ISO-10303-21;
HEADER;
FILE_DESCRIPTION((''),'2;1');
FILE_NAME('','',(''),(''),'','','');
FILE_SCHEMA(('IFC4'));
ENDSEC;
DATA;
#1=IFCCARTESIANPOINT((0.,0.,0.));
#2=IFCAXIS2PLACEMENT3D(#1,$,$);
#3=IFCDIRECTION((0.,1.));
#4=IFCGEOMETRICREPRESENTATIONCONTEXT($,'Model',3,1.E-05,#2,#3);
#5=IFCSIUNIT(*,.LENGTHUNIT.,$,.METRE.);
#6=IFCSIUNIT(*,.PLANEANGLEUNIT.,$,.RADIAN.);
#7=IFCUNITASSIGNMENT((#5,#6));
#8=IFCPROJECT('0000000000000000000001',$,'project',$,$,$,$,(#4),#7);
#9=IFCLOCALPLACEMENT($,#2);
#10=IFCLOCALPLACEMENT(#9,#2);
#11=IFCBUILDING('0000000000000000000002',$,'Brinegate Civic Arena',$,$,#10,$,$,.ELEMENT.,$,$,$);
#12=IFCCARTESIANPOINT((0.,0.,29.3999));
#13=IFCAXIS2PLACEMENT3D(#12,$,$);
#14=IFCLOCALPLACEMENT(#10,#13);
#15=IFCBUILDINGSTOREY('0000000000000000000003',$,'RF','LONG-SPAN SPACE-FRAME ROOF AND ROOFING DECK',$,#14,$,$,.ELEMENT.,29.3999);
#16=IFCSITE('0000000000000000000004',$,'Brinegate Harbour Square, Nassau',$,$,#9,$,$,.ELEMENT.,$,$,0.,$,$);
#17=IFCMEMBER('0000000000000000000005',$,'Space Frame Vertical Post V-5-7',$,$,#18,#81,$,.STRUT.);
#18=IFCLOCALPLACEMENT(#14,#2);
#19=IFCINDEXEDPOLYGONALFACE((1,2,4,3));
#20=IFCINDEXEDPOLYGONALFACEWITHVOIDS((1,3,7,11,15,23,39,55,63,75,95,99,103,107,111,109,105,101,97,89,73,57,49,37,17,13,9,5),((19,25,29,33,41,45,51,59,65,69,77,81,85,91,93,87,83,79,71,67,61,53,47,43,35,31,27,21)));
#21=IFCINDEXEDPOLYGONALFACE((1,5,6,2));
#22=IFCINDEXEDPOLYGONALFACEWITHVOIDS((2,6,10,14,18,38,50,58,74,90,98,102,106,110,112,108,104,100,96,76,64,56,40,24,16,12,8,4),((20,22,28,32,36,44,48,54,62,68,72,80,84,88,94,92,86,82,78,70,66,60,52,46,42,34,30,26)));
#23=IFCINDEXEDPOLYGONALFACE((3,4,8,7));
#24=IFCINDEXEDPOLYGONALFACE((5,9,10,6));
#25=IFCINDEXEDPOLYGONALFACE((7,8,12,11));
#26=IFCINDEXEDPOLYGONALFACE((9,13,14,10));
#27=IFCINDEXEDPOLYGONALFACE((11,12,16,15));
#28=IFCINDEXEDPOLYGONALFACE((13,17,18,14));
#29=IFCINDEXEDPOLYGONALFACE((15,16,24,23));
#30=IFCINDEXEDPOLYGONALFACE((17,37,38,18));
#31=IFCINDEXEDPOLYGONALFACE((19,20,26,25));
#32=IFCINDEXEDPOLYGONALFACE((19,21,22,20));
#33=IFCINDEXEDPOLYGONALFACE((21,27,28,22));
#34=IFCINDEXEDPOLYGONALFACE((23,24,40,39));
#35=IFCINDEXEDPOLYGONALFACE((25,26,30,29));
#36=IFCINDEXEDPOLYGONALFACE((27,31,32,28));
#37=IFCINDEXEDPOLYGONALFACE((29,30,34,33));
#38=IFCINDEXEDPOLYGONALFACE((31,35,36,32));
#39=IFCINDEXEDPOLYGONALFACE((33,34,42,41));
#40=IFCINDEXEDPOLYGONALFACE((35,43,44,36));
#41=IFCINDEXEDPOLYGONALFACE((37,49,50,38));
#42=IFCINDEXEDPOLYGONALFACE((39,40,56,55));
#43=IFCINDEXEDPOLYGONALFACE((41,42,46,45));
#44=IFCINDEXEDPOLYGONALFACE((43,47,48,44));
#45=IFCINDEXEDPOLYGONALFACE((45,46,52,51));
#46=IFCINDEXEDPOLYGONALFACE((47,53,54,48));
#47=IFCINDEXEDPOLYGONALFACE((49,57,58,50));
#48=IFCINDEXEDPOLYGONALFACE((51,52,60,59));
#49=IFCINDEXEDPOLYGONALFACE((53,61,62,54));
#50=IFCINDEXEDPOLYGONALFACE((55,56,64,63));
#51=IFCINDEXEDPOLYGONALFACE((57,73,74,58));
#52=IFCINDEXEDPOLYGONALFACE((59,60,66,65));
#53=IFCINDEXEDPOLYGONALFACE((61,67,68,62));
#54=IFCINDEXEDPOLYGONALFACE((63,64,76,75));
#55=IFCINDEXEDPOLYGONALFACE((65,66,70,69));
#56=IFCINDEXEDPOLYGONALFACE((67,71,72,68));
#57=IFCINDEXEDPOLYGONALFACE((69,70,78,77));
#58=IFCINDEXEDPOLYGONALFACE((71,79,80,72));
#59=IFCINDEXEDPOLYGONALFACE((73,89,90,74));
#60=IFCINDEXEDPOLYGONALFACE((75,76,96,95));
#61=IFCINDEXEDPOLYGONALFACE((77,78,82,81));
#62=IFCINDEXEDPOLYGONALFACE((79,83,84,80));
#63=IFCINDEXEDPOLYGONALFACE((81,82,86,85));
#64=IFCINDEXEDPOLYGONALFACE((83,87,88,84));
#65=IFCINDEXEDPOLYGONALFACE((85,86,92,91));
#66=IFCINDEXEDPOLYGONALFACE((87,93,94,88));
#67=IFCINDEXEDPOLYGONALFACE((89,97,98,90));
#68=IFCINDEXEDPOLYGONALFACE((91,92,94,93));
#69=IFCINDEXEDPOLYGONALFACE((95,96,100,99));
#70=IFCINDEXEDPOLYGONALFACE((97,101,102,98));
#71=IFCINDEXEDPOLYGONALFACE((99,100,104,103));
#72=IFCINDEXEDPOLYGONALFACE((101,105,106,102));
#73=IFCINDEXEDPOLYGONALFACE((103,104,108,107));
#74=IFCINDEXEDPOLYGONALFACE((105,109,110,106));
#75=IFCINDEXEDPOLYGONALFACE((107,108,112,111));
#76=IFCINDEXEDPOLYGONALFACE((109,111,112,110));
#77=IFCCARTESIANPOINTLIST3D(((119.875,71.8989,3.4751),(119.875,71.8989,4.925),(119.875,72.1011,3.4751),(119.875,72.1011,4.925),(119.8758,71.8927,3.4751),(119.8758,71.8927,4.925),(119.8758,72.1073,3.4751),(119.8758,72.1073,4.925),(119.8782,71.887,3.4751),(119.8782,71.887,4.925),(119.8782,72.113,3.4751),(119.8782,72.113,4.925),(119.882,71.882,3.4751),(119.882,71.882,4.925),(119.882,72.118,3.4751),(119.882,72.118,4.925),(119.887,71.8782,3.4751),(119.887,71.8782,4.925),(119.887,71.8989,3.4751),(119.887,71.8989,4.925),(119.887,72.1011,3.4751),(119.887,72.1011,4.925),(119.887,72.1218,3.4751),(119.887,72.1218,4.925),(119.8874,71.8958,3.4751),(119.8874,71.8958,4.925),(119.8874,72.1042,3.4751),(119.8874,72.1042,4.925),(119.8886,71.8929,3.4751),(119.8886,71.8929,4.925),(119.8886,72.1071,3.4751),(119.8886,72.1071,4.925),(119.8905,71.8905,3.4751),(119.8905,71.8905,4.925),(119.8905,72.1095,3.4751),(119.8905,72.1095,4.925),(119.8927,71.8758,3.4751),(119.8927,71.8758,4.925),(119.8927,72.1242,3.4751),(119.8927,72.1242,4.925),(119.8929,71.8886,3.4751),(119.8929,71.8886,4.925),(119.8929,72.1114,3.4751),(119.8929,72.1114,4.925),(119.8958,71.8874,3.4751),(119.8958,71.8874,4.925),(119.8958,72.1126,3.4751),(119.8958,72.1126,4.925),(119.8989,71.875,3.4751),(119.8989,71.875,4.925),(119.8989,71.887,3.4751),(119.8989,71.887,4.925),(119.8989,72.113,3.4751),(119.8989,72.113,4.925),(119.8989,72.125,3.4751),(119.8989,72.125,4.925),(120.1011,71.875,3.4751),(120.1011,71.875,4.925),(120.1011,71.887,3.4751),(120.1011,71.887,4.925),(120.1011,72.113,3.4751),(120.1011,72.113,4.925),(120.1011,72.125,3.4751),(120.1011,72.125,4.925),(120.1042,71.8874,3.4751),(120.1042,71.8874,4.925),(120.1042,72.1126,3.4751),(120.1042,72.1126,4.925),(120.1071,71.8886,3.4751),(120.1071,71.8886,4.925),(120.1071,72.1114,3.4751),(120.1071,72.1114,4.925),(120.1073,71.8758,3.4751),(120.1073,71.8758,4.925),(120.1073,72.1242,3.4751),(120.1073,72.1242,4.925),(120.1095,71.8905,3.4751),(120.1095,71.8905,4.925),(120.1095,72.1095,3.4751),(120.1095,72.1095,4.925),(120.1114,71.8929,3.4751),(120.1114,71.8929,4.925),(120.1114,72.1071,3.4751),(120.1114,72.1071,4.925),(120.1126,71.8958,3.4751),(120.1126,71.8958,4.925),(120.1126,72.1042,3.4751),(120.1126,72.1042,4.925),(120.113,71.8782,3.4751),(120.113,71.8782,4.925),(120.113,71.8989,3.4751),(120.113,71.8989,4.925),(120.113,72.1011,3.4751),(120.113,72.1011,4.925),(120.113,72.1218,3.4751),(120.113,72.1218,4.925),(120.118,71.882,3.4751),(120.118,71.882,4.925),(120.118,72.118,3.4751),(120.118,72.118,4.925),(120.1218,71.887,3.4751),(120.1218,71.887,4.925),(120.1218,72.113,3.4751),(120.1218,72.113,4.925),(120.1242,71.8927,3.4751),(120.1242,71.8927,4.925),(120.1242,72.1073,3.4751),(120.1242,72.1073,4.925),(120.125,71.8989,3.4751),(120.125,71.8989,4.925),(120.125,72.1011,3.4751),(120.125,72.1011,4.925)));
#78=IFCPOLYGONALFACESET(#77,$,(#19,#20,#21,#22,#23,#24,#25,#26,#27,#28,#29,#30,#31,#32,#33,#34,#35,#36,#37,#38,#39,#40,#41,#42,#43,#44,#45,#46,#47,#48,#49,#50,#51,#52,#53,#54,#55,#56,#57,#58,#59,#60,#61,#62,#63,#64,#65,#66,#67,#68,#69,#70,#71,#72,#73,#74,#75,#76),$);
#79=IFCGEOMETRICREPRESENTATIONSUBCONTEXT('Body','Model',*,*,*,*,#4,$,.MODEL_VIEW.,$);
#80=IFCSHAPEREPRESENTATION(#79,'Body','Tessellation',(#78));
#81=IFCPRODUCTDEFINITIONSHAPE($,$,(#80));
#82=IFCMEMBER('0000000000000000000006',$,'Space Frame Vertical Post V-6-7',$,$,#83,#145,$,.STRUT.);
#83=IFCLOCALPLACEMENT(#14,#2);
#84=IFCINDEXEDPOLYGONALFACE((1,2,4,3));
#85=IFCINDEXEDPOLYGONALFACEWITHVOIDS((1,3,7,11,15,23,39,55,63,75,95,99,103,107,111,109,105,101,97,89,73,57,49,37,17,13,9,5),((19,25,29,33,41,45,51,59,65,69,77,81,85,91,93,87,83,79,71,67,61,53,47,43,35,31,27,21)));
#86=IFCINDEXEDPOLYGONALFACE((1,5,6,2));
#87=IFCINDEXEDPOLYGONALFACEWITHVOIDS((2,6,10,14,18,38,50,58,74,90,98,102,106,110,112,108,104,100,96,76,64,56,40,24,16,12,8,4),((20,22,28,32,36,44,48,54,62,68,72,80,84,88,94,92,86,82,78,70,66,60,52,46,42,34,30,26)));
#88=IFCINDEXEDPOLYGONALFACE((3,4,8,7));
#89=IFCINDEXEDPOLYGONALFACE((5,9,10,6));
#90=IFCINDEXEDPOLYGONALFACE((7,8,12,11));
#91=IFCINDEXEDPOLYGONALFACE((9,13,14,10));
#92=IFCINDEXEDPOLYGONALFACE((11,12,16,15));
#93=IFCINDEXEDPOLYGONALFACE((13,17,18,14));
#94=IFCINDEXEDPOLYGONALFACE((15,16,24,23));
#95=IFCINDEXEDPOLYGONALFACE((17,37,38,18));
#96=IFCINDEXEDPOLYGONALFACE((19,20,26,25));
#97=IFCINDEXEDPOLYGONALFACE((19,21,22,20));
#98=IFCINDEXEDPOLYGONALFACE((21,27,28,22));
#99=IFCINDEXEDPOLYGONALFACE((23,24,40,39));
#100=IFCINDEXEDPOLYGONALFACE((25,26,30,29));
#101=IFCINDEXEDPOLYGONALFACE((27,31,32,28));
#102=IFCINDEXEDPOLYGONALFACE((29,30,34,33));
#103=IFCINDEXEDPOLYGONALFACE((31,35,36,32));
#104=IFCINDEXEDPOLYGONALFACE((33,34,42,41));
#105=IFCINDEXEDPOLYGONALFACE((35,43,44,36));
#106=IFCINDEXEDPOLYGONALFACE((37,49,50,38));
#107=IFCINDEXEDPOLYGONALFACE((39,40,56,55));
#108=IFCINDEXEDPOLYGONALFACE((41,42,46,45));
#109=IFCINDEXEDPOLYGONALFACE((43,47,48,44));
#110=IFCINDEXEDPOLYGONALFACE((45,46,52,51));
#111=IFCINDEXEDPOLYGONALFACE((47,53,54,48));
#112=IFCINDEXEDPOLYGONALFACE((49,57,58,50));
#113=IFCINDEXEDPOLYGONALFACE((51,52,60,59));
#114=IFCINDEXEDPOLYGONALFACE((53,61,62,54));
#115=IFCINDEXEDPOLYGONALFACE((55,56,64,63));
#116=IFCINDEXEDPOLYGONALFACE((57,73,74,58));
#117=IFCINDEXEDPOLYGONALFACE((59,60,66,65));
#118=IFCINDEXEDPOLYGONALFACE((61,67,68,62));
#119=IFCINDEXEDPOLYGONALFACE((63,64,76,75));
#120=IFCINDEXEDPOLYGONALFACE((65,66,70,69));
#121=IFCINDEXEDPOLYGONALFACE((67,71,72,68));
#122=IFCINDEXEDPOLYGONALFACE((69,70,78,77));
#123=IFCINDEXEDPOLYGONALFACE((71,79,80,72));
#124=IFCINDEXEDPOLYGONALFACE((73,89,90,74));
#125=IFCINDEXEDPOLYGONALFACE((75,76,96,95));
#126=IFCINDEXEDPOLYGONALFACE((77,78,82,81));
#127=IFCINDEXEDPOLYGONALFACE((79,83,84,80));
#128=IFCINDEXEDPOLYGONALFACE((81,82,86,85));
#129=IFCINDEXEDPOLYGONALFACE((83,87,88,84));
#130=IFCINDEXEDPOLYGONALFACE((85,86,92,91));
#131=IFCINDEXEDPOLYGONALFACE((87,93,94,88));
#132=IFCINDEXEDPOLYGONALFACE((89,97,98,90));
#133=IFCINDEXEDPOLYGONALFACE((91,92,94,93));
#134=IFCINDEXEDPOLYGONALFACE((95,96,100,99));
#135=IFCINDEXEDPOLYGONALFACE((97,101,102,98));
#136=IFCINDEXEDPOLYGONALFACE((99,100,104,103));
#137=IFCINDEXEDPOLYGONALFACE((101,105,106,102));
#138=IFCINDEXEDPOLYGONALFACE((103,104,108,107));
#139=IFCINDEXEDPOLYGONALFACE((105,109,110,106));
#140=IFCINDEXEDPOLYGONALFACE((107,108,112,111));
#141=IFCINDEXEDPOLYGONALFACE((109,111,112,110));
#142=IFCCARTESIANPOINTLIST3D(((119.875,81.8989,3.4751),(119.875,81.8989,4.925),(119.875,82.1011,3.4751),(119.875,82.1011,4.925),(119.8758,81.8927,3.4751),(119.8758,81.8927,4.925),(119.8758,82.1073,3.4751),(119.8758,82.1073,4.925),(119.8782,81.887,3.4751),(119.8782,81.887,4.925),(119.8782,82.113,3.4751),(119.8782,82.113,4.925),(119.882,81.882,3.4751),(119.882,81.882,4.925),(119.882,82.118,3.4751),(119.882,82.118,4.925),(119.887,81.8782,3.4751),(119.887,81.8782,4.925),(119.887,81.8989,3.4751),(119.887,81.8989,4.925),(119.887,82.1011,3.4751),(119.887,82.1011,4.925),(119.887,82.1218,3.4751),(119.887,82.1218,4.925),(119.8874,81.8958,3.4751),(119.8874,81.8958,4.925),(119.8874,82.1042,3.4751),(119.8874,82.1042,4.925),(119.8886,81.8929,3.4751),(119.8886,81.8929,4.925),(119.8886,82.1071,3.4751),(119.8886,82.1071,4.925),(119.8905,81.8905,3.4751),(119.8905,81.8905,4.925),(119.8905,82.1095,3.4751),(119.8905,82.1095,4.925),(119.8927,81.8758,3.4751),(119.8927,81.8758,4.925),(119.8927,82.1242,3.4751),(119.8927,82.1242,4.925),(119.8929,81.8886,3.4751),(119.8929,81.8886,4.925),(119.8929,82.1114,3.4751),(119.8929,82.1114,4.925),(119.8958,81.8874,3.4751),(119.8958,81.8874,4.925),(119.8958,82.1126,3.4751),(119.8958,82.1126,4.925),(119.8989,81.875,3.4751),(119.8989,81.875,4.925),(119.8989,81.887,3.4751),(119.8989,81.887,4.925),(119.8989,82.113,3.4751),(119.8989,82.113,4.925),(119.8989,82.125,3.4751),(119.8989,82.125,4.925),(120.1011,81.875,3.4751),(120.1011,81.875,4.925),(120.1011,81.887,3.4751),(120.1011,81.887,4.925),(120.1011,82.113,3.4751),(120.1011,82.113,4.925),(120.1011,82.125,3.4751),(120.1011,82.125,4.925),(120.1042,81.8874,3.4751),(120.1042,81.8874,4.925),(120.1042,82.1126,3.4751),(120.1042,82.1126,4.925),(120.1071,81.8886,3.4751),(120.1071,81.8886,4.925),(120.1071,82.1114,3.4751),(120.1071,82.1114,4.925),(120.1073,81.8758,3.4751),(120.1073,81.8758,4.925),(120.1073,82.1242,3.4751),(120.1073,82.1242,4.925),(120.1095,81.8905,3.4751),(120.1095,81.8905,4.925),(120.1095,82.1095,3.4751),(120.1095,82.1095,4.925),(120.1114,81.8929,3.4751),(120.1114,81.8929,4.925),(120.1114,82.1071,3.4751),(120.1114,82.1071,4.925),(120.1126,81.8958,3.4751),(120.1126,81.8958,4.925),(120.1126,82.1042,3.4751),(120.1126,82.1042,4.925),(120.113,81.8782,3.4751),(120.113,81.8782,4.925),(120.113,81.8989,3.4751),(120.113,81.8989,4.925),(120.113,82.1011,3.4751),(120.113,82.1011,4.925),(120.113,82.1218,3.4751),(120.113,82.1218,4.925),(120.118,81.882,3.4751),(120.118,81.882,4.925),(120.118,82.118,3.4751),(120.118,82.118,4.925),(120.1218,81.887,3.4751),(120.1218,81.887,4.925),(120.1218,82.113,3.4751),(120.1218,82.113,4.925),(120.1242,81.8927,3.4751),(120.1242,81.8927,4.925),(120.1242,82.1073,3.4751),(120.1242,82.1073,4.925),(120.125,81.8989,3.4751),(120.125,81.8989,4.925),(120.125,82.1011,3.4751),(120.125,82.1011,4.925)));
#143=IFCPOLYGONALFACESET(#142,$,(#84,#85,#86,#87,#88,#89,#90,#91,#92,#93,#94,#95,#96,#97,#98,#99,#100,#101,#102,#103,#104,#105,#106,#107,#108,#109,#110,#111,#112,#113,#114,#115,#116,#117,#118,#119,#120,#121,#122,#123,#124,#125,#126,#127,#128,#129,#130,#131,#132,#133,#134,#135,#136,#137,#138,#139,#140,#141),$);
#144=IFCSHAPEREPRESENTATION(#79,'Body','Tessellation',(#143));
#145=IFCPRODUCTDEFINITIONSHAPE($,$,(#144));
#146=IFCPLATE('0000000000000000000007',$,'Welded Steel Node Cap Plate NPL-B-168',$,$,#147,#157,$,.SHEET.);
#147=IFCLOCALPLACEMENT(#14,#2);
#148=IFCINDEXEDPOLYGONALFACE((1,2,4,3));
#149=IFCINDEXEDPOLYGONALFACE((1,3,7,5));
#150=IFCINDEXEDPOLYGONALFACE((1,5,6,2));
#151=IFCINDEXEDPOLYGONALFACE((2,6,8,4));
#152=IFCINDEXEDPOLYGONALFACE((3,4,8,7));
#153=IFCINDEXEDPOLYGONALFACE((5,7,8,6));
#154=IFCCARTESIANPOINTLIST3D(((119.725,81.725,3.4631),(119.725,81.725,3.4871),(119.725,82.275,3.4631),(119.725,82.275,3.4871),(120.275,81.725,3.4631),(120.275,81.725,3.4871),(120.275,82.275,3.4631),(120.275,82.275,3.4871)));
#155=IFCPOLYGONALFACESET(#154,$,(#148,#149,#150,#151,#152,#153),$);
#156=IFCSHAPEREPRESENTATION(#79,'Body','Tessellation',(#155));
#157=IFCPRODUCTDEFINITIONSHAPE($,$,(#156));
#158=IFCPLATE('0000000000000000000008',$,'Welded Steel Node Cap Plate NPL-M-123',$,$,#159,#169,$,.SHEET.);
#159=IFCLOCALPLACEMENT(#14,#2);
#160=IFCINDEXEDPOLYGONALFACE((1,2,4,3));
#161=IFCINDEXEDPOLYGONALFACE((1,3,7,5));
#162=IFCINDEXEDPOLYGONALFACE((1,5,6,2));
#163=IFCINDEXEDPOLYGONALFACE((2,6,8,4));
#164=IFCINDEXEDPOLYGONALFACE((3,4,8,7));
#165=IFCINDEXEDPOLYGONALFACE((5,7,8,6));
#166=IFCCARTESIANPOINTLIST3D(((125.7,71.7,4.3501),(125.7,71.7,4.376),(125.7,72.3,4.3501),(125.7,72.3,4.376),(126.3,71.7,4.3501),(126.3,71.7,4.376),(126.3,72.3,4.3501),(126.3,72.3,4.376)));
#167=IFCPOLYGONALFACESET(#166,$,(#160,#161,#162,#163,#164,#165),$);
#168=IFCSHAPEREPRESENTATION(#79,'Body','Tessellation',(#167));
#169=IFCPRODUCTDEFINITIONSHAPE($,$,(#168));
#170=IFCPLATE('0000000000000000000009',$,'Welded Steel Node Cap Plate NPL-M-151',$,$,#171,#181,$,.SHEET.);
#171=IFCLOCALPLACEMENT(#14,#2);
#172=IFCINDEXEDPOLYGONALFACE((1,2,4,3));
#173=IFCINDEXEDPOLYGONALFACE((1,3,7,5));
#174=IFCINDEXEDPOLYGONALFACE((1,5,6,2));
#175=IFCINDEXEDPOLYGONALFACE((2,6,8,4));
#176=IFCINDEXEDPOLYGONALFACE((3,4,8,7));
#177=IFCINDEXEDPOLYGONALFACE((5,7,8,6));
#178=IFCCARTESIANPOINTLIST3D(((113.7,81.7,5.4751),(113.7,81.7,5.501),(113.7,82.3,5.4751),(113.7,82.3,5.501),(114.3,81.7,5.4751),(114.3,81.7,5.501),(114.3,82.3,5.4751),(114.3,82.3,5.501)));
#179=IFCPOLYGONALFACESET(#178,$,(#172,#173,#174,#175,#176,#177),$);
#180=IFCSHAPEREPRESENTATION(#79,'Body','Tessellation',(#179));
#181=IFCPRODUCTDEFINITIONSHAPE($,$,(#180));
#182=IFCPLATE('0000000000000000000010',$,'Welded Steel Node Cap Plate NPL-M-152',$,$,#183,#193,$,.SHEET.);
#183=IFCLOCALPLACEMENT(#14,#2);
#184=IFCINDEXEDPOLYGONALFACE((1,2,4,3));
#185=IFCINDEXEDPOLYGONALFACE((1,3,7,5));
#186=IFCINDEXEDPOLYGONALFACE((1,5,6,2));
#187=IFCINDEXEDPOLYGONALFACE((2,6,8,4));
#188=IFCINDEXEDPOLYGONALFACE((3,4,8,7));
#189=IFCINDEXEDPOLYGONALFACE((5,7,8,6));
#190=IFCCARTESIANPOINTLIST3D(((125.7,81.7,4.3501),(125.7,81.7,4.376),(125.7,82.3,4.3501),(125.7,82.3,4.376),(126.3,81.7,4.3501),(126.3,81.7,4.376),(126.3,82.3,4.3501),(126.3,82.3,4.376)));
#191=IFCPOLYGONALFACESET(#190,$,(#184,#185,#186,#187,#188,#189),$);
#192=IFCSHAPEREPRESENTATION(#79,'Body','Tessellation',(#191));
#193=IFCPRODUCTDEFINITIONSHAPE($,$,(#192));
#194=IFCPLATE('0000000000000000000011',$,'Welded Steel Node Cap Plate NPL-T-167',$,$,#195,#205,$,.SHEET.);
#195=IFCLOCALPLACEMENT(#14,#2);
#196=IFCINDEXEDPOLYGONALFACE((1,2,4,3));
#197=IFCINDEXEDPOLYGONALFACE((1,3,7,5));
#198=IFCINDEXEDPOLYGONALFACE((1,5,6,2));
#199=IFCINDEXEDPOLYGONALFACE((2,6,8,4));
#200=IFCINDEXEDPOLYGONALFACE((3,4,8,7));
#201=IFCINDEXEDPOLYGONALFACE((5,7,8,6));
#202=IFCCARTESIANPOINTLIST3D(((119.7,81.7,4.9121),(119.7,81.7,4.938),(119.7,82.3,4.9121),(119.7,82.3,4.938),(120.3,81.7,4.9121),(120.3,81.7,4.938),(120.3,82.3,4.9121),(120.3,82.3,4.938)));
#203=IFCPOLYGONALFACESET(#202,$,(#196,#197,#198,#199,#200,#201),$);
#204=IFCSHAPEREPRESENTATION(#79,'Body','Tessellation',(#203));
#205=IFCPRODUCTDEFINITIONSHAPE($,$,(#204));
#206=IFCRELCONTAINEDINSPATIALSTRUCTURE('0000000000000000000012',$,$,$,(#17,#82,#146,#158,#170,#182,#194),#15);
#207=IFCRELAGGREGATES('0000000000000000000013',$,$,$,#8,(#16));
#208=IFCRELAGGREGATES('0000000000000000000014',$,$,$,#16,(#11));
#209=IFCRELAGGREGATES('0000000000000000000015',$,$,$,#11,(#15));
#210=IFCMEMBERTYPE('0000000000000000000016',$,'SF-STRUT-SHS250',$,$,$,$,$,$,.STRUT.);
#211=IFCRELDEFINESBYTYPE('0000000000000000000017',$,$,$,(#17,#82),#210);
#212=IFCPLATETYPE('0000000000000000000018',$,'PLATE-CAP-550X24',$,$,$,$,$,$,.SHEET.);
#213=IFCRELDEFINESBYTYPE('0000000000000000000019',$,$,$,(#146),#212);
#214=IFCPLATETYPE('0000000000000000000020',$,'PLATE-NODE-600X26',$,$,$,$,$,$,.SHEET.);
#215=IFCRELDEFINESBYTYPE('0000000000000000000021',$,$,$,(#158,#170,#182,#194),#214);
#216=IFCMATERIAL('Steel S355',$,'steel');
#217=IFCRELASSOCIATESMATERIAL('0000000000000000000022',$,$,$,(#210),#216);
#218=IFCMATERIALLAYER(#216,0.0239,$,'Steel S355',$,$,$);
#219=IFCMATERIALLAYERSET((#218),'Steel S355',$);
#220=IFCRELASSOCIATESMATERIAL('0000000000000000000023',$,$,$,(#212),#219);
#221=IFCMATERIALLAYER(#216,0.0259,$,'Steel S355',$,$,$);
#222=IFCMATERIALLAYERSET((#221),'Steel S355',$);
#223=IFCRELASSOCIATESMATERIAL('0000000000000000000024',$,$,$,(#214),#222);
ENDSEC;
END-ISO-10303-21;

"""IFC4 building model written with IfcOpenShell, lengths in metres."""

from ifc_helpers import new_model, si_unit, direction, frame, origin, origin_2d, place, context, subcontext, project, spatial, rectangle, hollow_rectangle, extrude, material, layer, layer_set, material_profile, profile_set, type_object, element, save


model = new_model("IFC4")

# Units and contexts
model_context = context("Model", 3, precision=1e-05, world=origin(), true_north=direction((0.0, 1.0)))
body_context = subcontext(model_context, "Body", "Model", "MODEL_VIEW")
ifc_project = project(units=[si_unit("LENGTHUNIT", "METRE"), si_unit("PLANEANGLEUNIT", "RADIAN")], contexts=[model_context])

# Site, building, storey
site_placement = place(None, origin())
site = spatial("IfcSite", under=ifc_project, at=site_placement, Name="Brinegate Harbour Square, Nassau", CompositionType="ELEMENT", RefElevation=0.0)
building_placement = place(site_placement, origin())
building = spatial("IfcBuilding", under=site, at=building_placement, Name="Brinegate Civic Arena", CompositionType="ELEMENT")
storey_placement = place(building_placement, frame((0.0, 0.0, 29.3999)))
storey = spatial("IfcBuildingStorey", under=building, at=storey_placement, Name="RF", Description="LONG-SPAN SPACE-FRAME ROOF AND ROOFING DECK", CompositionType="ELEMENT", Elevation=29.3999)

# Members
ifc_material = material(Name="Steel S355", Category="steel")
ifc_material_profile_1 = material_profile(ifc_material, hollow_rectangle(XDim=0.25, YDim=0.25, WallThickness=0.012, InnerFilletRadius=0.012, OuterFilletRadius=0.0239, at=origin_2d()), Name="SHS250X12")
ifc_profile_set_1 = profile_set([ifc_material_profile_1], Name="Steel S355")
member_type_1 = type_object("IfcMemberType", Name="SF-STRUT-SHS250", PredefinedType="STRUT", material=ifc_profile_set_1)
for number, where, z_axis, x_axis, name in (
    (1, (120.0, 72.0, 3.4751), (0.0, 0.0, 1.0), (1.0, 0.0, 0.0), "Space Frame Vertical Post V-5-7"),
    (2, (120.0, 82.0, 3.4751), (0.0, 0.0, 1.0), (1.0, 0.0, 0.0), "Space Frame Vertical Post V-6-7"),
):
    element("IfcMember", number, at=place(storey_placement, frame(where, z_axis=z_axis, x_axis=x_axis)), inside=storey, type_object=member_type_1, Name=name, PredefinedType="STRUT", context=body_context, shape_type="SweptSolid", body=[
        extrude(hollow_rectangle(XDim=0.25, YDim=0.25, WallThickness=0.012, InnerFilletRadius=0.012, OuterFilletRadius=0.0239, at=origin_2d()), origin(), (0.0, 0.0, 1.0), 1.45),
    ])

# Plates
ifc_layer_1 = layer(ifc_material, 0.0239, Name="Steel S355")
ifc_layer_set_1 = layer_set([ifc_layer_1], Name="Steel S355")
plate_type_1 = type_object("IfcPlateType", Name="PLATE-CAP-550X24", PredefinedType="SHEET", material=ifc_layer_set_1)
plate_1_placement = place(storey_placement, frame((120.0, 82.0, 3.4631), z_axis=(0.0, 0.0, 1.0), x_axis=(1.0, 0.0, 0.0)))
element("IfcPlate", 3, at=plate_1_placement, inside=storey, type_object=plate_type_1, Name="Welded Steel Node Cap Plate NPL-B-168", PredefinedType="SHEET", context=body_context, shape_type="SweptSolid", body=[
    extrude(rectangle(XDim=0.55, YDim=0.55, at=origin_2d()), origin(), (0.0, 0.0, 1.0), 0.0239),
])
ifc_layer_2 = layer(ifc_material, 0.0259, Name="Steel S355")
ifc_layer_set_2 = layer_set([ifc_layer_2], Name="Steel S355")
plate_type_2 = type_object("IfcPlateType", Name="PLATE-NODE-600X26", PredefinedType="SHEET", material=ifc_layer_set_2)
for number, where, z_axis, x_axis, name in (
    (4, (126.0, 72.0, 4.3501), (0.0, 0.0, 1.0), (1.0, 0.0, 0.0), "Welded Steel Node Cap Plate NPL-M-123"),
    (5, (114.0, 82.0, 5.4751), (0.0, 0.0, 1.0), (1.0, 0.0, 0.0), "Welded Steel Node Cap Plate NPL-M-151"),
    (6, (126.0, 82.0, 4.3501), (0.0, 0.0, 1.0), (1.0, 0.0, 0.0), "Welded Steel Node Cap Plate NPL-M-152"),
    (7, (120.0, 82.0, 4.9121), (0.0, 0.0, 1.0), (1.0, 0.0, 0.0), "Welded Steel Node Cap Plate NPL-T-167"),
):
    element("IfcPlate", number, at=place(storey_placement, frame(where, z_axis=z_axis, x_axis=x_axis)), inside=storey, type_object=plate_type_2, Name=name, PredefinedType="SHEET", context=body_context, shape_type="SweptSolid", body=[
        extrude(rectangle(XDim=0.6001, YDim=0.6001, at=origin_2d()), origin(), (0.0, 0.0, 1.0), 0.0259),
    ])

save(model, "model.ifc")
